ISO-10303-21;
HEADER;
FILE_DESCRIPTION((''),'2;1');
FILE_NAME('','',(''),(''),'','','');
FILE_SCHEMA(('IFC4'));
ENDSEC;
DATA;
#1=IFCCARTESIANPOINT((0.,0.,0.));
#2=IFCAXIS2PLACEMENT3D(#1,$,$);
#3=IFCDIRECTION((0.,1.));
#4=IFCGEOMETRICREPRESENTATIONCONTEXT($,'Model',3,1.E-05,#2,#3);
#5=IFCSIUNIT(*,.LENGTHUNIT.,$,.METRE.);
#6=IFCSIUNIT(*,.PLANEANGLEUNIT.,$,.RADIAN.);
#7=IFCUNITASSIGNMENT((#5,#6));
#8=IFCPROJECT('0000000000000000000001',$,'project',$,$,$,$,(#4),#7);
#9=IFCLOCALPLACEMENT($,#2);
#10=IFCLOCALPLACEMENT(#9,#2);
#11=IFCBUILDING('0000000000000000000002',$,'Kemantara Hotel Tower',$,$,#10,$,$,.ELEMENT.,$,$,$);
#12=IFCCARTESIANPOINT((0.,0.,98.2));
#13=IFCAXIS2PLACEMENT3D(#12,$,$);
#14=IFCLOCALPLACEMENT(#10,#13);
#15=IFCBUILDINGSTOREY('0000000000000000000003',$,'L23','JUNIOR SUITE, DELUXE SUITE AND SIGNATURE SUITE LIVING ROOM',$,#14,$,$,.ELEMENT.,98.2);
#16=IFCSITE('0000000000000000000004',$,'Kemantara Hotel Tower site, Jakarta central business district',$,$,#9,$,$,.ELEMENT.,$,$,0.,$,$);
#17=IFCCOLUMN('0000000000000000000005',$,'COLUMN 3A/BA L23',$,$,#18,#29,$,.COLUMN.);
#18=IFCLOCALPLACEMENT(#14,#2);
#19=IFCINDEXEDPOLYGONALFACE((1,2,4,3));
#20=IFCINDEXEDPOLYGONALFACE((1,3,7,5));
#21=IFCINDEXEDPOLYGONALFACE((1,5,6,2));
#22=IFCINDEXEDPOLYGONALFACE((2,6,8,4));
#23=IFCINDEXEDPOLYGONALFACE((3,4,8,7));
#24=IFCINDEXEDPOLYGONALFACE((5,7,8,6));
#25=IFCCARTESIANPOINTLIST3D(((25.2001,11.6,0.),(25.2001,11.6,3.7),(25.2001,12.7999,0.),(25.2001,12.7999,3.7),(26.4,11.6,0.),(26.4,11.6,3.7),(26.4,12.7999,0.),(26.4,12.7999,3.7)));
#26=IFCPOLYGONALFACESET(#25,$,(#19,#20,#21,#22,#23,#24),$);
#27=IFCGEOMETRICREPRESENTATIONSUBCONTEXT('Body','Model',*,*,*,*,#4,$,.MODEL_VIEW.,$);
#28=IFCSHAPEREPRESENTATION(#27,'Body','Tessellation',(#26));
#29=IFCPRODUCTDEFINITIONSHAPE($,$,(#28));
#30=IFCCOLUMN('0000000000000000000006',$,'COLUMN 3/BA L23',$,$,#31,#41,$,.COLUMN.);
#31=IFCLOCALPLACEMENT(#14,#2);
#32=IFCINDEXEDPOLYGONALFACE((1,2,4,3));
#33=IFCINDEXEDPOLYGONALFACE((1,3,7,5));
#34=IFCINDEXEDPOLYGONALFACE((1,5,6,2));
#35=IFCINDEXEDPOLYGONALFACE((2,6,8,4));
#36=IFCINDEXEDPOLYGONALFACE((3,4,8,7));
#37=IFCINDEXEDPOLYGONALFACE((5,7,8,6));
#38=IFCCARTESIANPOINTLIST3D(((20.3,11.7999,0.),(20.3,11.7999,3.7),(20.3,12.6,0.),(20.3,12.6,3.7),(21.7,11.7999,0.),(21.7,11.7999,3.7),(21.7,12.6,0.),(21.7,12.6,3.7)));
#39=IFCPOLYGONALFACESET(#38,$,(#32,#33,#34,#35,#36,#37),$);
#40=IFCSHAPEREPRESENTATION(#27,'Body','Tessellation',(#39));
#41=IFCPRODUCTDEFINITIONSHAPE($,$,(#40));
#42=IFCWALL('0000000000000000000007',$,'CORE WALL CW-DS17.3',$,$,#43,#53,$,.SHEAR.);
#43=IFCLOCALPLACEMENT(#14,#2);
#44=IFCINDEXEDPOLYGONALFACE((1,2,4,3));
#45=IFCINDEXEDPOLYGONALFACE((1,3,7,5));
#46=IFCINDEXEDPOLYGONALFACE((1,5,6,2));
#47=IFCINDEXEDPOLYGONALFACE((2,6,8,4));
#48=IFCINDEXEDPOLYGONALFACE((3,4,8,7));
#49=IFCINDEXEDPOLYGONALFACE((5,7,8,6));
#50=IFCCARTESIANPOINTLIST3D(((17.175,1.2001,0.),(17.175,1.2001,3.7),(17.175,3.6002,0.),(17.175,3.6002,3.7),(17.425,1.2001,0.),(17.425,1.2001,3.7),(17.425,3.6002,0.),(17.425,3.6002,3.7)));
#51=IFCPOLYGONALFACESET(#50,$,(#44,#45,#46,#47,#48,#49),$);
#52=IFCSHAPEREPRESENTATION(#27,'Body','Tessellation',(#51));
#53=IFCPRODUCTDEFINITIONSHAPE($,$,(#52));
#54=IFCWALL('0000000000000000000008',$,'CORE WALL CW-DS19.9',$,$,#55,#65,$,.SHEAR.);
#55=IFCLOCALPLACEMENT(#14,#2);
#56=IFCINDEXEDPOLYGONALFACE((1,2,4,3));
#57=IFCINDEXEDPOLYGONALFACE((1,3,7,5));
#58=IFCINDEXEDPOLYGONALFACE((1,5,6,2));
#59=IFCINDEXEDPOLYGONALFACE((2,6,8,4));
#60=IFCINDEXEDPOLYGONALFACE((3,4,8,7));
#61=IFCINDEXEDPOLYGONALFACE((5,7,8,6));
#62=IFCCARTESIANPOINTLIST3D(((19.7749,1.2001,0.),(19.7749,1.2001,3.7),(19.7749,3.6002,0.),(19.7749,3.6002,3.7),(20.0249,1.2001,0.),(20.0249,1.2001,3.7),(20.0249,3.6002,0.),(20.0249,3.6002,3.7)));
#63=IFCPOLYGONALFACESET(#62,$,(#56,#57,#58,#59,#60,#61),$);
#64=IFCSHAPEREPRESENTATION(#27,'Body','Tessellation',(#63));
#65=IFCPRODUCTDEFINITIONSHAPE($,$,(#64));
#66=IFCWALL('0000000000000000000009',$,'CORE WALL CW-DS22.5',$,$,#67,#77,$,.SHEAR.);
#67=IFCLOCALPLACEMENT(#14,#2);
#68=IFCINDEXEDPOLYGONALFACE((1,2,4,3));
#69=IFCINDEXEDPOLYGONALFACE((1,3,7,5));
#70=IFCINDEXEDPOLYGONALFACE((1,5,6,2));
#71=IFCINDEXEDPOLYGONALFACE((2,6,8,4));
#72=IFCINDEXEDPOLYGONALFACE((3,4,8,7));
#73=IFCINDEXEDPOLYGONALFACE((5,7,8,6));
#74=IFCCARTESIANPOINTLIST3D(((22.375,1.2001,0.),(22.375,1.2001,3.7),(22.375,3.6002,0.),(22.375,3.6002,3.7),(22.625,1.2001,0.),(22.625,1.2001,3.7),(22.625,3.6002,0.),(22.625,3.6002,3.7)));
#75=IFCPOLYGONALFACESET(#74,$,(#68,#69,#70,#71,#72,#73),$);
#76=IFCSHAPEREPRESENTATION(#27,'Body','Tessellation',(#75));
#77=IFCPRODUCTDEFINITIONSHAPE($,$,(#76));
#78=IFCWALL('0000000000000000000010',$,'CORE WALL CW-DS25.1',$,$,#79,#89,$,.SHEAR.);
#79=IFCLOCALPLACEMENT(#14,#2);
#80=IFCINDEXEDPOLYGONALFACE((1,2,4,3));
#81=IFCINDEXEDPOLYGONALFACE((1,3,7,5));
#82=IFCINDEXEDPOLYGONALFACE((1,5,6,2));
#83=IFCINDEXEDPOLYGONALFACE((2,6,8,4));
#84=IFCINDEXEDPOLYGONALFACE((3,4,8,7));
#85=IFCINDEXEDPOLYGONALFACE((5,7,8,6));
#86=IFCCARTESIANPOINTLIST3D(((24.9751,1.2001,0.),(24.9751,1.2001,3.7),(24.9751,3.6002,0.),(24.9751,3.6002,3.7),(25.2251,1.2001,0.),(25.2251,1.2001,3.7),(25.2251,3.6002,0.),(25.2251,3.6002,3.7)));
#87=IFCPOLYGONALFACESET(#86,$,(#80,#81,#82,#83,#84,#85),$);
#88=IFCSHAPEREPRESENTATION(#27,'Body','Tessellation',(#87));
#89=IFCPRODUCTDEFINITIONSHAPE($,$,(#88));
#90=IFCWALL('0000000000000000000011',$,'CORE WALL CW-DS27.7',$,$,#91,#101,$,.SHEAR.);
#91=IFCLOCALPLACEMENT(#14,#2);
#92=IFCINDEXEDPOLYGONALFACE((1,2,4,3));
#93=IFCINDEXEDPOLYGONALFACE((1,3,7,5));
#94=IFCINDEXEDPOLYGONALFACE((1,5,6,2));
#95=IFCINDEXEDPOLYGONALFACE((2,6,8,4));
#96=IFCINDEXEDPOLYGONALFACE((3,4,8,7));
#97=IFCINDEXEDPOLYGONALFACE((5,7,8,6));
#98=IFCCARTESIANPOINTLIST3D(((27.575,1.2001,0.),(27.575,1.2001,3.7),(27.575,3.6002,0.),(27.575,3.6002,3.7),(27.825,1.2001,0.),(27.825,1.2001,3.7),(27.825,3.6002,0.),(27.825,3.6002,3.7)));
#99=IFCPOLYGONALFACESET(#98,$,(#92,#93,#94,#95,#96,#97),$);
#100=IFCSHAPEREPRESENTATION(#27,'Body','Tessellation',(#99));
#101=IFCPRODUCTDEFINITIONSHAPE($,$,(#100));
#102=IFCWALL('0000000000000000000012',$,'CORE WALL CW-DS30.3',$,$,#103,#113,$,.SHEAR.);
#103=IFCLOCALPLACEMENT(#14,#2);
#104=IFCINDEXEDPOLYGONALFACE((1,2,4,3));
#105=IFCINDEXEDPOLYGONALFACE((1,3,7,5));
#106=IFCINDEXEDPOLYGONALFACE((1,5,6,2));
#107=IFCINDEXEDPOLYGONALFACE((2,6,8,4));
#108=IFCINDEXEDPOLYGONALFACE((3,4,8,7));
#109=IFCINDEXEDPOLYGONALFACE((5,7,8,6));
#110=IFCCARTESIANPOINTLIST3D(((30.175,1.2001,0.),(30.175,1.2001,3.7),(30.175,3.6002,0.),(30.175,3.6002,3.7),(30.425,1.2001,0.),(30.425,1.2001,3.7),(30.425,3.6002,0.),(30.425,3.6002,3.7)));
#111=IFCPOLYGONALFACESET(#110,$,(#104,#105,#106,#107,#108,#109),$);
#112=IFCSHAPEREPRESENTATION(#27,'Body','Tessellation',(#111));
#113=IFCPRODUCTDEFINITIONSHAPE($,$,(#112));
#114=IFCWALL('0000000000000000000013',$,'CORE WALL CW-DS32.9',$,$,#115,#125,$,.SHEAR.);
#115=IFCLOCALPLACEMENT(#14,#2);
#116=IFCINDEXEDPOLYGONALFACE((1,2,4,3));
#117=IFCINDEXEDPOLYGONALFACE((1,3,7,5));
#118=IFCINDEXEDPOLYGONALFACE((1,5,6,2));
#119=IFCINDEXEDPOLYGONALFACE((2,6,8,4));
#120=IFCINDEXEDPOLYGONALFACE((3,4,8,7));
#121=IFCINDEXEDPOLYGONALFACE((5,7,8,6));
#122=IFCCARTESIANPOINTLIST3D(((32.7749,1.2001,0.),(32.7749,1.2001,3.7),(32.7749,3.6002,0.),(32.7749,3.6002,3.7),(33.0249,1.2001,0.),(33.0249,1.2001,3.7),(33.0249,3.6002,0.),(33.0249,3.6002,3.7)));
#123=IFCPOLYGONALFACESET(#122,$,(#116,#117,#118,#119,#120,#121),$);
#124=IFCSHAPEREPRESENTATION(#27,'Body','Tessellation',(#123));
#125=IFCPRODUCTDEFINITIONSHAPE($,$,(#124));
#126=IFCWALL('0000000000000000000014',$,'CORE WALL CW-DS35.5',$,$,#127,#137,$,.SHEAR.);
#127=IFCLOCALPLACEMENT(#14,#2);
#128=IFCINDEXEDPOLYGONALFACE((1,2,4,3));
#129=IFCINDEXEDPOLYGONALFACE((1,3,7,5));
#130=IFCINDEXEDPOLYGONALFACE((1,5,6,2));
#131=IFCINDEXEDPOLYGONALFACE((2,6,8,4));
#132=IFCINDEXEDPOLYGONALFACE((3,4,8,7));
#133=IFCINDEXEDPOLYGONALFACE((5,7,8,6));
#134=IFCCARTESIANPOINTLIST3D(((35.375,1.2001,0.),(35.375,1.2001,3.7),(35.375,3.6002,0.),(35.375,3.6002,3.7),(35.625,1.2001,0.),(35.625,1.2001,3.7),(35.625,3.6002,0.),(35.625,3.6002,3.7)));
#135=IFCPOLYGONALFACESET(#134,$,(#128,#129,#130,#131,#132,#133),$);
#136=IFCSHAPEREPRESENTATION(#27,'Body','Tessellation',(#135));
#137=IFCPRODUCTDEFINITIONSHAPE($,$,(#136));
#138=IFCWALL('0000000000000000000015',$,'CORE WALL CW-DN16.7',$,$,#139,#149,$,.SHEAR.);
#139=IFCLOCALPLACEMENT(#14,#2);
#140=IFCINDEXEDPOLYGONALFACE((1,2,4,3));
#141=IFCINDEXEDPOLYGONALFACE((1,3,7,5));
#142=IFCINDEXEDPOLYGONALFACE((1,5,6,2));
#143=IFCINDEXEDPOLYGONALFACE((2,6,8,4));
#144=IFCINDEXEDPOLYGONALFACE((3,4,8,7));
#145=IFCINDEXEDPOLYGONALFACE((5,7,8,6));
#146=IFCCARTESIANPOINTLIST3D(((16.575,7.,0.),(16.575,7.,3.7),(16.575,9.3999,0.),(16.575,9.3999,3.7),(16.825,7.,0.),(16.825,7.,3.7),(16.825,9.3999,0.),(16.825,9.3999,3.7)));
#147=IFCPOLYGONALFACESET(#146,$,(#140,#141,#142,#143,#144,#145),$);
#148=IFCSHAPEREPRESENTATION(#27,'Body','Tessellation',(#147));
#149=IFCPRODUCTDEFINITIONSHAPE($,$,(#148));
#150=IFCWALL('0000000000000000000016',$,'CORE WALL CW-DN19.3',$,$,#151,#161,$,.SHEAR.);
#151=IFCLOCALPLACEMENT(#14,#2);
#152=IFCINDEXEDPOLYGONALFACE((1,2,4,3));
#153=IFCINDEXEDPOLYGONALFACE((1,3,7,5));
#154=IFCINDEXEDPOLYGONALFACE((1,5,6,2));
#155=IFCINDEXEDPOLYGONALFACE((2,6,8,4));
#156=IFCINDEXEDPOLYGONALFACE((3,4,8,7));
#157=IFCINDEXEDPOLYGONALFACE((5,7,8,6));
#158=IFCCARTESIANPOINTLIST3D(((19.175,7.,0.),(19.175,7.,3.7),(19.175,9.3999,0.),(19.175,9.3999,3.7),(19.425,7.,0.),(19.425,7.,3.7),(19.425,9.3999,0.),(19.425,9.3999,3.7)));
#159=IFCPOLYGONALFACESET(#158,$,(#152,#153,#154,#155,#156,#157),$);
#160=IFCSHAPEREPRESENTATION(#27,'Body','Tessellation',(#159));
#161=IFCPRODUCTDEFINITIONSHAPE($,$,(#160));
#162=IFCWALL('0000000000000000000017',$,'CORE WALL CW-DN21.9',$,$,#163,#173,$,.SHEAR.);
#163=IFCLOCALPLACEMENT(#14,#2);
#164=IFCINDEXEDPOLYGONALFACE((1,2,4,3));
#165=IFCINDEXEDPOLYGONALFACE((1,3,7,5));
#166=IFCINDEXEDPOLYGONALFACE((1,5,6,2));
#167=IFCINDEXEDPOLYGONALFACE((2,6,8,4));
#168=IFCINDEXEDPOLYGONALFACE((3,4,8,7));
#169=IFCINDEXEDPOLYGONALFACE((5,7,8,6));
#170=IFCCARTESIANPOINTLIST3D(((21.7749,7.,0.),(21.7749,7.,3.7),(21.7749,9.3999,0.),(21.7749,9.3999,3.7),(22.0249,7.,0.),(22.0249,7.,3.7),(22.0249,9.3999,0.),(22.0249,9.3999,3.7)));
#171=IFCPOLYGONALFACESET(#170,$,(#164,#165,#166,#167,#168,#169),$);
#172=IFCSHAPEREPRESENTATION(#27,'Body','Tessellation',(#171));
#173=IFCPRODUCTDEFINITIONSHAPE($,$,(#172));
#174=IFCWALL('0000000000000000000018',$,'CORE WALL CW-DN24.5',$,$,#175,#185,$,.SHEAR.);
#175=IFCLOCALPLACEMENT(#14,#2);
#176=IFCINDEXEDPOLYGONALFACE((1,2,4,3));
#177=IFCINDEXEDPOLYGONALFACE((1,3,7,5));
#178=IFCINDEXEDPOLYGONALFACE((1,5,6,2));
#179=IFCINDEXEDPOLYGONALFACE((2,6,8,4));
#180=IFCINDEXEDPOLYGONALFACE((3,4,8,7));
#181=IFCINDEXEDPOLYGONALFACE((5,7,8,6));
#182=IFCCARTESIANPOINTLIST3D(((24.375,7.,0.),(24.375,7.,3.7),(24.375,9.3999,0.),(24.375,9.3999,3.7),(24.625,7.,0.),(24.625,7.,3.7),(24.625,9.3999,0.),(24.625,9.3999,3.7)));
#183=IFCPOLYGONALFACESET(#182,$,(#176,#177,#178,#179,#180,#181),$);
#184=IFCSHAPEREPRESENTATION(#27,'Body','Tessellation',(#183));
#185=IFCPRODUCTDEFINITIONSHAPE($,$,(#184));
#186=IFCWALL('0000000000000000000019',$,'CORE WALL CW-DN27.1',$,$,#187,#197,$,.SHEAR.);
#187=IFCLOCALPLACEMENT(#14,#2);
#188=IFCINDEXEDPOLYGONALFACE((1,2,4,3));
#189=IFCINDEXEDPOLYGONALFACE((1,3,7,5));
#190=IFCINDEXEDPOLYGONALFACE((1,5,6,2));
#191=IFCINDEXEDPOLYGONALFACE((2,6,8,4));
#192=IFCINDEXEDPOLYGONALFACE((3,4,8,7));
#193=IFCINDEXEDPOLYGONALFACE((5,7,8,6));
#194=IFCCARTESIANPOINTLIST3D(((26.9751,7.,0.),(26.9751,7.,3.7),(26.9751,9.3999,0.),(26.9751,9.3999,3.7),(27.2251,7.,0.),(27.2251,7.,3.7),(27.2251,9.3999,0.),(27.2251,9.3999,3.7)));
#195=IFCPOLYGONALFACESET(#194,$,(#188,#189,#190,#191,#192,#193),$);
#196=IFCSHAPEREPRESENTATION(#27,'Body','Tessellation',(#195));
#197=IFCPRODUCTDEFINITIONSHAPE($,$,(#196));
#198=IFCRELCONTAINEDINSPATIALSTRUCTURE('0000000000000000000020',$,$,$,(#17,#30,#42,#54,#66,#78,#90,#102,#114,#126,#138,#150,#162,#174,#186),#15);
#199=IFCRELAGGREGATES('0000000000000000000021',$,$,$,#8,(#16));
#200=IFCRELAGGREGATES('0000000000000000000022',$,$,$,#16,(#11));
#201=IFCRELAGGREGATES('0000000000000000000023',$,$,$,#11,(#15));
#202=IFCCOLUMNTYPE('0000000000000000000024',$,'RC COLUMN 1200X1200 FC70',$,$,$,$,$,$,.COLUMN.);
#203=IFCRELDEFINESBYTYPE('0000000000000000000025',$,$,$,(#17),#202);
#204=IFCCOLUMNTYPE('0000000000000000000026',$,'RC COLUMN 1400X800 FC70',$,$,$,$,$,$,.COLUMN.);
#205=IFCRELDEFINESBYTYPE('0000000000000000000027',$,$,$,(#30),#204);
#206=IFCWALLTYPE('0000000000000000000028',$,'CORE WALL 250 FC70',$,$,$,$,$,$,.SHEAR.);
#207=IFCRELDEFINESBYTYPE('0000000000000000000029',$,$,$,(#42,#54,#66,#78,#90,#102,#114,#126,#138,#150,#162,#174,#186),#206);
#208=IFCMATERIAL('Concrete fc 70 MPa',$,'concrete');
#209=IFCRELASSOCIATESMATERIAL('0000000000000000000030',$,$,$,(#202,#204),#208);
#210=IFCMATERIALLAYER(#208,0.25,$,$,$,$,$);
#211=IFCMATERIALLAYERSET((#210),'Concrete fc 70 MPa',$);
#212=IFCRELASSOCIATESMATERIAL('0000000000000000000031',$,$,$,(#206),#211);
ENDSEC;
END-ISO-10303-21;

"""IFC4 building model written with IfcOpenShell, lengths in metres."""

from ifc_helpers import new_model, si_unit, direction, frame, frame_2d, origin, origin_2d, place, context, subcontext, project, spatial, rectangle, extrude, material, layer, layer_set, material_profile, profile_set, type_object, element, save


model = new_model("IFC4")

# Units and contexts
model_context = context("Model", 3, precision=1e-05, world=origin(), true_north=direction((0.0, 1.0)))
body_context = subcontext(model_context, "Body", "Model", "MODEL_VIEW")
ifc_project = project(units=[si_unit("LENGTHUNIT", "METRE"), si_unit("PLANEANGLEUNIT", "RADIAN")], contexts=[model_context])

# Site, building, storey
site_placement = place(None, origin())
site = spatial("IfcSite", under=ifc_project, at=site_placement, Name="Kemantara Hotel Tower site, Jakarta central business district", CompositionType="ELEMENT", RefElevation=0.0)
building_placement = place(site_placement, origin())
building = spatial("IfcBuilding", under=site, at=building_placement, Name="Kemantara Hotel Tower", CompositionType="ELEMENT")
storey_placement = place(building_placement, frame((0.0, 0.0, 98.2)))
storey = spatial("IfcBuildingStorey", under=building, at=storey_placement, Name="L23", Description="JUNIOR SUITE, DELUXE SUITE AND SIGNATURE SUITE LIVING ROOM", CompositionType="ELEMENT", Elevation=98.2)

# Columns
ifc_material_1 = material(Name="Concrete fc 70 MPa", Category="concrete")
ifc_material_profile_1 = material_profile(ifc_material_1, rectangle(XDim=1.2, YDim=1.2, at=origin_2d()), Name="RC 1200X1200")
ifc_profile_set_1 = profile_set([ifc_material_profile_1], Name="Concrete fc 70 MPa")
column_type_1 = type_object("IfcColumnType", Name="RC COLUMN 1200X1200 FC70", PredefinedType="COLUMN", material=ifc_profile_set_1)
column_1_placement = place(storey_placement, frame((25.8, 12.2, 0.0), z_axis=(0.0, 0.0, 1.0), x_axis=(1.0, 0.0, 0.0)))
element("IfcColumn", 1, at=column_1_placement, inside=storey, type_object=column_type_1, Name="COLUMN 3A/BA L23", PredefinedType="COLUMN", context=body_context, shape_type="SweptSolid", body=[
    extrude(rectangle(XDim=1.2, YDim=1.2, at=origin_2d()), origin(), (0.0, 0.0, 1.0), 3.7),
])
ifc_material_profile_2 = material_profile(ifc_material_1, rectangle(XDim=1.3999, YDim=0.8, at=origin_2d()), Name="RC 1400X800")
ifc_profile_set_2 = profile_set([ifc_material_profile_2], Name="Concrete fc 70 MPa")
column_type_2 = type_object("IfcColumnType", Name="RC COLUMN 1400X800 FC70", PredefinedType="COLUMN", material=ifc_profile_set_2)
column_2_placement = place(storey_placement, frame((21.0, 12.2, 0.0), z_axis=(0.0, 0.0, 1.0), x_axis=(1.0, 0.0, 0.0)))
element("IfcColumn", 2, at=column_2_placement, inside=storey, type_object=column_type_2, Name="COLUMN 3/BA L23", PredefinedType="COLUMN", context=body_context, shape_type="SweptSolid", body=[
    extrude(rectangle(XDim=1.3999, YDim=0.8, at=origin_2d()), origin(), (0.0, 0.0, 1.0), 3.7),
])

# Walls
ifc_layer_1 = layer(ifc_material_1, 0.25)
ifc_layer_set_1 = layer_set([ifc_layer_1], Name="Concrete fc 70 MPa")
wall_type_1 = type_object("IfcWallType", Name="CORE WALL 250 FC70", PredefinedType="SHEAR", material=ifc_layer_set_1)
for number, where, z_axis, x_axis, name in (
    (3, (17.3, 1.2, 0.0), (0.0, 0.0, 1.0), (0.0, 1.0, 0.0), "CORE WALL CW-DS17.3"),
    (4, (19.8999, 1.2, 0.0), (0.0, 0.0, 1.0), (0.0, 1.0, 0.0), "CORE WALL CW-DS19.9"),
    (5, (22.5, 1.2, 0.0), (0.0, 0.0, 1.0), (0.0, 1.0, 0.0), "CORE WALL CW-DS22.5"),
    (6, (25.1001, 1.2, 0.0), (0.0, 0.0, 1.0), (0.0, 1.0, 0.0), "CORE WALL CW-DS25.1"),
    (7, (27.7, 1.2, 0.0), (0.0, 0.0, 1.0), (0.0, 1.0, 0.0), "CORE WALL CW-DS27.7"),
    (8, (30.3, 1.2, 0.0), (0.0, 0.0, 1.0), (0.0, 1.0, 0.0), "CORE WALL CW-DS30.3"),
    (9, (32.8999, 1.2, 0.0), (0.0, 0.0, 1.0), (0.0, 1.0, 0.0), "CORE WALL CW-DS32.9"),
    (10, (35.5, 1.2, 0.0), (0.0, 0.0, 1.0), (0.0, 1.0, 0.0), "CORE WALL CW-DS35.5"),
):
    element("IfcWall", number, at=place(storey_placement, frame(where, z_axis=z_axis, x_axis=x_axis)), inside=storey, type_object=wall_type_1, Name=name, PredefinedType="SHEAR", context=body_context, shape_type="SweptSolid", body=[
        extrude(rectangle(XDim=2.4001, YDim=0.25, at=frame_2d((1.2002, 0.0))), origin(), (0.0, 0.0, 1.0), 3.7),
    ])
for number, where, z_axis, x_axis, name in (
    (11, (16.7, 7.0, 0.0), (0.0, 0.0, 1.0), (0.0, 1.0, 0.0), "CORE WALL CW-DN16.7"),
    (12, (19.3, 7.0, 0.0), (0.0, 0.0, 1.0), (0.0, 1.0, 0.0), "CORE WALL CW-DN19.3"),
    (13, (21.8999, 7.0, 0.0), (0.0, 0.0, 1.0), (0.0, 1.0, 0.0), "CORE WALL CW-DN21.9"),
    (14, (24.5, 7.0, 0.0), (0.0, 0.0, 1.0), (0.0, 1.0, 0.0), "CORE WALL CW-DN24.5"),
    (15, (27.1001, 7.0, 0.0), (0.0, 0.0, 1.0), (0.0, 1.0, 0.0), "CORE WALL CW-DN27.1"),
):
    element("IfcWall", number, at=place(storey_placement, frame(where, z_axis=z_axis, x_axis=x_axis)), inside=storey, type_object=wall_type_1, Name=name, PredefinedType="SHEAR", context=body_context, shape_type="SweptSolid", body=[
        extrude(rectangle(XDim=2.3999, YDim=0.25, at=frame_2d((1.2, 0.0))), origin(), (0.0, 0.0, 1.0), 3.7),
    ])

save(model, "model.ifc")
